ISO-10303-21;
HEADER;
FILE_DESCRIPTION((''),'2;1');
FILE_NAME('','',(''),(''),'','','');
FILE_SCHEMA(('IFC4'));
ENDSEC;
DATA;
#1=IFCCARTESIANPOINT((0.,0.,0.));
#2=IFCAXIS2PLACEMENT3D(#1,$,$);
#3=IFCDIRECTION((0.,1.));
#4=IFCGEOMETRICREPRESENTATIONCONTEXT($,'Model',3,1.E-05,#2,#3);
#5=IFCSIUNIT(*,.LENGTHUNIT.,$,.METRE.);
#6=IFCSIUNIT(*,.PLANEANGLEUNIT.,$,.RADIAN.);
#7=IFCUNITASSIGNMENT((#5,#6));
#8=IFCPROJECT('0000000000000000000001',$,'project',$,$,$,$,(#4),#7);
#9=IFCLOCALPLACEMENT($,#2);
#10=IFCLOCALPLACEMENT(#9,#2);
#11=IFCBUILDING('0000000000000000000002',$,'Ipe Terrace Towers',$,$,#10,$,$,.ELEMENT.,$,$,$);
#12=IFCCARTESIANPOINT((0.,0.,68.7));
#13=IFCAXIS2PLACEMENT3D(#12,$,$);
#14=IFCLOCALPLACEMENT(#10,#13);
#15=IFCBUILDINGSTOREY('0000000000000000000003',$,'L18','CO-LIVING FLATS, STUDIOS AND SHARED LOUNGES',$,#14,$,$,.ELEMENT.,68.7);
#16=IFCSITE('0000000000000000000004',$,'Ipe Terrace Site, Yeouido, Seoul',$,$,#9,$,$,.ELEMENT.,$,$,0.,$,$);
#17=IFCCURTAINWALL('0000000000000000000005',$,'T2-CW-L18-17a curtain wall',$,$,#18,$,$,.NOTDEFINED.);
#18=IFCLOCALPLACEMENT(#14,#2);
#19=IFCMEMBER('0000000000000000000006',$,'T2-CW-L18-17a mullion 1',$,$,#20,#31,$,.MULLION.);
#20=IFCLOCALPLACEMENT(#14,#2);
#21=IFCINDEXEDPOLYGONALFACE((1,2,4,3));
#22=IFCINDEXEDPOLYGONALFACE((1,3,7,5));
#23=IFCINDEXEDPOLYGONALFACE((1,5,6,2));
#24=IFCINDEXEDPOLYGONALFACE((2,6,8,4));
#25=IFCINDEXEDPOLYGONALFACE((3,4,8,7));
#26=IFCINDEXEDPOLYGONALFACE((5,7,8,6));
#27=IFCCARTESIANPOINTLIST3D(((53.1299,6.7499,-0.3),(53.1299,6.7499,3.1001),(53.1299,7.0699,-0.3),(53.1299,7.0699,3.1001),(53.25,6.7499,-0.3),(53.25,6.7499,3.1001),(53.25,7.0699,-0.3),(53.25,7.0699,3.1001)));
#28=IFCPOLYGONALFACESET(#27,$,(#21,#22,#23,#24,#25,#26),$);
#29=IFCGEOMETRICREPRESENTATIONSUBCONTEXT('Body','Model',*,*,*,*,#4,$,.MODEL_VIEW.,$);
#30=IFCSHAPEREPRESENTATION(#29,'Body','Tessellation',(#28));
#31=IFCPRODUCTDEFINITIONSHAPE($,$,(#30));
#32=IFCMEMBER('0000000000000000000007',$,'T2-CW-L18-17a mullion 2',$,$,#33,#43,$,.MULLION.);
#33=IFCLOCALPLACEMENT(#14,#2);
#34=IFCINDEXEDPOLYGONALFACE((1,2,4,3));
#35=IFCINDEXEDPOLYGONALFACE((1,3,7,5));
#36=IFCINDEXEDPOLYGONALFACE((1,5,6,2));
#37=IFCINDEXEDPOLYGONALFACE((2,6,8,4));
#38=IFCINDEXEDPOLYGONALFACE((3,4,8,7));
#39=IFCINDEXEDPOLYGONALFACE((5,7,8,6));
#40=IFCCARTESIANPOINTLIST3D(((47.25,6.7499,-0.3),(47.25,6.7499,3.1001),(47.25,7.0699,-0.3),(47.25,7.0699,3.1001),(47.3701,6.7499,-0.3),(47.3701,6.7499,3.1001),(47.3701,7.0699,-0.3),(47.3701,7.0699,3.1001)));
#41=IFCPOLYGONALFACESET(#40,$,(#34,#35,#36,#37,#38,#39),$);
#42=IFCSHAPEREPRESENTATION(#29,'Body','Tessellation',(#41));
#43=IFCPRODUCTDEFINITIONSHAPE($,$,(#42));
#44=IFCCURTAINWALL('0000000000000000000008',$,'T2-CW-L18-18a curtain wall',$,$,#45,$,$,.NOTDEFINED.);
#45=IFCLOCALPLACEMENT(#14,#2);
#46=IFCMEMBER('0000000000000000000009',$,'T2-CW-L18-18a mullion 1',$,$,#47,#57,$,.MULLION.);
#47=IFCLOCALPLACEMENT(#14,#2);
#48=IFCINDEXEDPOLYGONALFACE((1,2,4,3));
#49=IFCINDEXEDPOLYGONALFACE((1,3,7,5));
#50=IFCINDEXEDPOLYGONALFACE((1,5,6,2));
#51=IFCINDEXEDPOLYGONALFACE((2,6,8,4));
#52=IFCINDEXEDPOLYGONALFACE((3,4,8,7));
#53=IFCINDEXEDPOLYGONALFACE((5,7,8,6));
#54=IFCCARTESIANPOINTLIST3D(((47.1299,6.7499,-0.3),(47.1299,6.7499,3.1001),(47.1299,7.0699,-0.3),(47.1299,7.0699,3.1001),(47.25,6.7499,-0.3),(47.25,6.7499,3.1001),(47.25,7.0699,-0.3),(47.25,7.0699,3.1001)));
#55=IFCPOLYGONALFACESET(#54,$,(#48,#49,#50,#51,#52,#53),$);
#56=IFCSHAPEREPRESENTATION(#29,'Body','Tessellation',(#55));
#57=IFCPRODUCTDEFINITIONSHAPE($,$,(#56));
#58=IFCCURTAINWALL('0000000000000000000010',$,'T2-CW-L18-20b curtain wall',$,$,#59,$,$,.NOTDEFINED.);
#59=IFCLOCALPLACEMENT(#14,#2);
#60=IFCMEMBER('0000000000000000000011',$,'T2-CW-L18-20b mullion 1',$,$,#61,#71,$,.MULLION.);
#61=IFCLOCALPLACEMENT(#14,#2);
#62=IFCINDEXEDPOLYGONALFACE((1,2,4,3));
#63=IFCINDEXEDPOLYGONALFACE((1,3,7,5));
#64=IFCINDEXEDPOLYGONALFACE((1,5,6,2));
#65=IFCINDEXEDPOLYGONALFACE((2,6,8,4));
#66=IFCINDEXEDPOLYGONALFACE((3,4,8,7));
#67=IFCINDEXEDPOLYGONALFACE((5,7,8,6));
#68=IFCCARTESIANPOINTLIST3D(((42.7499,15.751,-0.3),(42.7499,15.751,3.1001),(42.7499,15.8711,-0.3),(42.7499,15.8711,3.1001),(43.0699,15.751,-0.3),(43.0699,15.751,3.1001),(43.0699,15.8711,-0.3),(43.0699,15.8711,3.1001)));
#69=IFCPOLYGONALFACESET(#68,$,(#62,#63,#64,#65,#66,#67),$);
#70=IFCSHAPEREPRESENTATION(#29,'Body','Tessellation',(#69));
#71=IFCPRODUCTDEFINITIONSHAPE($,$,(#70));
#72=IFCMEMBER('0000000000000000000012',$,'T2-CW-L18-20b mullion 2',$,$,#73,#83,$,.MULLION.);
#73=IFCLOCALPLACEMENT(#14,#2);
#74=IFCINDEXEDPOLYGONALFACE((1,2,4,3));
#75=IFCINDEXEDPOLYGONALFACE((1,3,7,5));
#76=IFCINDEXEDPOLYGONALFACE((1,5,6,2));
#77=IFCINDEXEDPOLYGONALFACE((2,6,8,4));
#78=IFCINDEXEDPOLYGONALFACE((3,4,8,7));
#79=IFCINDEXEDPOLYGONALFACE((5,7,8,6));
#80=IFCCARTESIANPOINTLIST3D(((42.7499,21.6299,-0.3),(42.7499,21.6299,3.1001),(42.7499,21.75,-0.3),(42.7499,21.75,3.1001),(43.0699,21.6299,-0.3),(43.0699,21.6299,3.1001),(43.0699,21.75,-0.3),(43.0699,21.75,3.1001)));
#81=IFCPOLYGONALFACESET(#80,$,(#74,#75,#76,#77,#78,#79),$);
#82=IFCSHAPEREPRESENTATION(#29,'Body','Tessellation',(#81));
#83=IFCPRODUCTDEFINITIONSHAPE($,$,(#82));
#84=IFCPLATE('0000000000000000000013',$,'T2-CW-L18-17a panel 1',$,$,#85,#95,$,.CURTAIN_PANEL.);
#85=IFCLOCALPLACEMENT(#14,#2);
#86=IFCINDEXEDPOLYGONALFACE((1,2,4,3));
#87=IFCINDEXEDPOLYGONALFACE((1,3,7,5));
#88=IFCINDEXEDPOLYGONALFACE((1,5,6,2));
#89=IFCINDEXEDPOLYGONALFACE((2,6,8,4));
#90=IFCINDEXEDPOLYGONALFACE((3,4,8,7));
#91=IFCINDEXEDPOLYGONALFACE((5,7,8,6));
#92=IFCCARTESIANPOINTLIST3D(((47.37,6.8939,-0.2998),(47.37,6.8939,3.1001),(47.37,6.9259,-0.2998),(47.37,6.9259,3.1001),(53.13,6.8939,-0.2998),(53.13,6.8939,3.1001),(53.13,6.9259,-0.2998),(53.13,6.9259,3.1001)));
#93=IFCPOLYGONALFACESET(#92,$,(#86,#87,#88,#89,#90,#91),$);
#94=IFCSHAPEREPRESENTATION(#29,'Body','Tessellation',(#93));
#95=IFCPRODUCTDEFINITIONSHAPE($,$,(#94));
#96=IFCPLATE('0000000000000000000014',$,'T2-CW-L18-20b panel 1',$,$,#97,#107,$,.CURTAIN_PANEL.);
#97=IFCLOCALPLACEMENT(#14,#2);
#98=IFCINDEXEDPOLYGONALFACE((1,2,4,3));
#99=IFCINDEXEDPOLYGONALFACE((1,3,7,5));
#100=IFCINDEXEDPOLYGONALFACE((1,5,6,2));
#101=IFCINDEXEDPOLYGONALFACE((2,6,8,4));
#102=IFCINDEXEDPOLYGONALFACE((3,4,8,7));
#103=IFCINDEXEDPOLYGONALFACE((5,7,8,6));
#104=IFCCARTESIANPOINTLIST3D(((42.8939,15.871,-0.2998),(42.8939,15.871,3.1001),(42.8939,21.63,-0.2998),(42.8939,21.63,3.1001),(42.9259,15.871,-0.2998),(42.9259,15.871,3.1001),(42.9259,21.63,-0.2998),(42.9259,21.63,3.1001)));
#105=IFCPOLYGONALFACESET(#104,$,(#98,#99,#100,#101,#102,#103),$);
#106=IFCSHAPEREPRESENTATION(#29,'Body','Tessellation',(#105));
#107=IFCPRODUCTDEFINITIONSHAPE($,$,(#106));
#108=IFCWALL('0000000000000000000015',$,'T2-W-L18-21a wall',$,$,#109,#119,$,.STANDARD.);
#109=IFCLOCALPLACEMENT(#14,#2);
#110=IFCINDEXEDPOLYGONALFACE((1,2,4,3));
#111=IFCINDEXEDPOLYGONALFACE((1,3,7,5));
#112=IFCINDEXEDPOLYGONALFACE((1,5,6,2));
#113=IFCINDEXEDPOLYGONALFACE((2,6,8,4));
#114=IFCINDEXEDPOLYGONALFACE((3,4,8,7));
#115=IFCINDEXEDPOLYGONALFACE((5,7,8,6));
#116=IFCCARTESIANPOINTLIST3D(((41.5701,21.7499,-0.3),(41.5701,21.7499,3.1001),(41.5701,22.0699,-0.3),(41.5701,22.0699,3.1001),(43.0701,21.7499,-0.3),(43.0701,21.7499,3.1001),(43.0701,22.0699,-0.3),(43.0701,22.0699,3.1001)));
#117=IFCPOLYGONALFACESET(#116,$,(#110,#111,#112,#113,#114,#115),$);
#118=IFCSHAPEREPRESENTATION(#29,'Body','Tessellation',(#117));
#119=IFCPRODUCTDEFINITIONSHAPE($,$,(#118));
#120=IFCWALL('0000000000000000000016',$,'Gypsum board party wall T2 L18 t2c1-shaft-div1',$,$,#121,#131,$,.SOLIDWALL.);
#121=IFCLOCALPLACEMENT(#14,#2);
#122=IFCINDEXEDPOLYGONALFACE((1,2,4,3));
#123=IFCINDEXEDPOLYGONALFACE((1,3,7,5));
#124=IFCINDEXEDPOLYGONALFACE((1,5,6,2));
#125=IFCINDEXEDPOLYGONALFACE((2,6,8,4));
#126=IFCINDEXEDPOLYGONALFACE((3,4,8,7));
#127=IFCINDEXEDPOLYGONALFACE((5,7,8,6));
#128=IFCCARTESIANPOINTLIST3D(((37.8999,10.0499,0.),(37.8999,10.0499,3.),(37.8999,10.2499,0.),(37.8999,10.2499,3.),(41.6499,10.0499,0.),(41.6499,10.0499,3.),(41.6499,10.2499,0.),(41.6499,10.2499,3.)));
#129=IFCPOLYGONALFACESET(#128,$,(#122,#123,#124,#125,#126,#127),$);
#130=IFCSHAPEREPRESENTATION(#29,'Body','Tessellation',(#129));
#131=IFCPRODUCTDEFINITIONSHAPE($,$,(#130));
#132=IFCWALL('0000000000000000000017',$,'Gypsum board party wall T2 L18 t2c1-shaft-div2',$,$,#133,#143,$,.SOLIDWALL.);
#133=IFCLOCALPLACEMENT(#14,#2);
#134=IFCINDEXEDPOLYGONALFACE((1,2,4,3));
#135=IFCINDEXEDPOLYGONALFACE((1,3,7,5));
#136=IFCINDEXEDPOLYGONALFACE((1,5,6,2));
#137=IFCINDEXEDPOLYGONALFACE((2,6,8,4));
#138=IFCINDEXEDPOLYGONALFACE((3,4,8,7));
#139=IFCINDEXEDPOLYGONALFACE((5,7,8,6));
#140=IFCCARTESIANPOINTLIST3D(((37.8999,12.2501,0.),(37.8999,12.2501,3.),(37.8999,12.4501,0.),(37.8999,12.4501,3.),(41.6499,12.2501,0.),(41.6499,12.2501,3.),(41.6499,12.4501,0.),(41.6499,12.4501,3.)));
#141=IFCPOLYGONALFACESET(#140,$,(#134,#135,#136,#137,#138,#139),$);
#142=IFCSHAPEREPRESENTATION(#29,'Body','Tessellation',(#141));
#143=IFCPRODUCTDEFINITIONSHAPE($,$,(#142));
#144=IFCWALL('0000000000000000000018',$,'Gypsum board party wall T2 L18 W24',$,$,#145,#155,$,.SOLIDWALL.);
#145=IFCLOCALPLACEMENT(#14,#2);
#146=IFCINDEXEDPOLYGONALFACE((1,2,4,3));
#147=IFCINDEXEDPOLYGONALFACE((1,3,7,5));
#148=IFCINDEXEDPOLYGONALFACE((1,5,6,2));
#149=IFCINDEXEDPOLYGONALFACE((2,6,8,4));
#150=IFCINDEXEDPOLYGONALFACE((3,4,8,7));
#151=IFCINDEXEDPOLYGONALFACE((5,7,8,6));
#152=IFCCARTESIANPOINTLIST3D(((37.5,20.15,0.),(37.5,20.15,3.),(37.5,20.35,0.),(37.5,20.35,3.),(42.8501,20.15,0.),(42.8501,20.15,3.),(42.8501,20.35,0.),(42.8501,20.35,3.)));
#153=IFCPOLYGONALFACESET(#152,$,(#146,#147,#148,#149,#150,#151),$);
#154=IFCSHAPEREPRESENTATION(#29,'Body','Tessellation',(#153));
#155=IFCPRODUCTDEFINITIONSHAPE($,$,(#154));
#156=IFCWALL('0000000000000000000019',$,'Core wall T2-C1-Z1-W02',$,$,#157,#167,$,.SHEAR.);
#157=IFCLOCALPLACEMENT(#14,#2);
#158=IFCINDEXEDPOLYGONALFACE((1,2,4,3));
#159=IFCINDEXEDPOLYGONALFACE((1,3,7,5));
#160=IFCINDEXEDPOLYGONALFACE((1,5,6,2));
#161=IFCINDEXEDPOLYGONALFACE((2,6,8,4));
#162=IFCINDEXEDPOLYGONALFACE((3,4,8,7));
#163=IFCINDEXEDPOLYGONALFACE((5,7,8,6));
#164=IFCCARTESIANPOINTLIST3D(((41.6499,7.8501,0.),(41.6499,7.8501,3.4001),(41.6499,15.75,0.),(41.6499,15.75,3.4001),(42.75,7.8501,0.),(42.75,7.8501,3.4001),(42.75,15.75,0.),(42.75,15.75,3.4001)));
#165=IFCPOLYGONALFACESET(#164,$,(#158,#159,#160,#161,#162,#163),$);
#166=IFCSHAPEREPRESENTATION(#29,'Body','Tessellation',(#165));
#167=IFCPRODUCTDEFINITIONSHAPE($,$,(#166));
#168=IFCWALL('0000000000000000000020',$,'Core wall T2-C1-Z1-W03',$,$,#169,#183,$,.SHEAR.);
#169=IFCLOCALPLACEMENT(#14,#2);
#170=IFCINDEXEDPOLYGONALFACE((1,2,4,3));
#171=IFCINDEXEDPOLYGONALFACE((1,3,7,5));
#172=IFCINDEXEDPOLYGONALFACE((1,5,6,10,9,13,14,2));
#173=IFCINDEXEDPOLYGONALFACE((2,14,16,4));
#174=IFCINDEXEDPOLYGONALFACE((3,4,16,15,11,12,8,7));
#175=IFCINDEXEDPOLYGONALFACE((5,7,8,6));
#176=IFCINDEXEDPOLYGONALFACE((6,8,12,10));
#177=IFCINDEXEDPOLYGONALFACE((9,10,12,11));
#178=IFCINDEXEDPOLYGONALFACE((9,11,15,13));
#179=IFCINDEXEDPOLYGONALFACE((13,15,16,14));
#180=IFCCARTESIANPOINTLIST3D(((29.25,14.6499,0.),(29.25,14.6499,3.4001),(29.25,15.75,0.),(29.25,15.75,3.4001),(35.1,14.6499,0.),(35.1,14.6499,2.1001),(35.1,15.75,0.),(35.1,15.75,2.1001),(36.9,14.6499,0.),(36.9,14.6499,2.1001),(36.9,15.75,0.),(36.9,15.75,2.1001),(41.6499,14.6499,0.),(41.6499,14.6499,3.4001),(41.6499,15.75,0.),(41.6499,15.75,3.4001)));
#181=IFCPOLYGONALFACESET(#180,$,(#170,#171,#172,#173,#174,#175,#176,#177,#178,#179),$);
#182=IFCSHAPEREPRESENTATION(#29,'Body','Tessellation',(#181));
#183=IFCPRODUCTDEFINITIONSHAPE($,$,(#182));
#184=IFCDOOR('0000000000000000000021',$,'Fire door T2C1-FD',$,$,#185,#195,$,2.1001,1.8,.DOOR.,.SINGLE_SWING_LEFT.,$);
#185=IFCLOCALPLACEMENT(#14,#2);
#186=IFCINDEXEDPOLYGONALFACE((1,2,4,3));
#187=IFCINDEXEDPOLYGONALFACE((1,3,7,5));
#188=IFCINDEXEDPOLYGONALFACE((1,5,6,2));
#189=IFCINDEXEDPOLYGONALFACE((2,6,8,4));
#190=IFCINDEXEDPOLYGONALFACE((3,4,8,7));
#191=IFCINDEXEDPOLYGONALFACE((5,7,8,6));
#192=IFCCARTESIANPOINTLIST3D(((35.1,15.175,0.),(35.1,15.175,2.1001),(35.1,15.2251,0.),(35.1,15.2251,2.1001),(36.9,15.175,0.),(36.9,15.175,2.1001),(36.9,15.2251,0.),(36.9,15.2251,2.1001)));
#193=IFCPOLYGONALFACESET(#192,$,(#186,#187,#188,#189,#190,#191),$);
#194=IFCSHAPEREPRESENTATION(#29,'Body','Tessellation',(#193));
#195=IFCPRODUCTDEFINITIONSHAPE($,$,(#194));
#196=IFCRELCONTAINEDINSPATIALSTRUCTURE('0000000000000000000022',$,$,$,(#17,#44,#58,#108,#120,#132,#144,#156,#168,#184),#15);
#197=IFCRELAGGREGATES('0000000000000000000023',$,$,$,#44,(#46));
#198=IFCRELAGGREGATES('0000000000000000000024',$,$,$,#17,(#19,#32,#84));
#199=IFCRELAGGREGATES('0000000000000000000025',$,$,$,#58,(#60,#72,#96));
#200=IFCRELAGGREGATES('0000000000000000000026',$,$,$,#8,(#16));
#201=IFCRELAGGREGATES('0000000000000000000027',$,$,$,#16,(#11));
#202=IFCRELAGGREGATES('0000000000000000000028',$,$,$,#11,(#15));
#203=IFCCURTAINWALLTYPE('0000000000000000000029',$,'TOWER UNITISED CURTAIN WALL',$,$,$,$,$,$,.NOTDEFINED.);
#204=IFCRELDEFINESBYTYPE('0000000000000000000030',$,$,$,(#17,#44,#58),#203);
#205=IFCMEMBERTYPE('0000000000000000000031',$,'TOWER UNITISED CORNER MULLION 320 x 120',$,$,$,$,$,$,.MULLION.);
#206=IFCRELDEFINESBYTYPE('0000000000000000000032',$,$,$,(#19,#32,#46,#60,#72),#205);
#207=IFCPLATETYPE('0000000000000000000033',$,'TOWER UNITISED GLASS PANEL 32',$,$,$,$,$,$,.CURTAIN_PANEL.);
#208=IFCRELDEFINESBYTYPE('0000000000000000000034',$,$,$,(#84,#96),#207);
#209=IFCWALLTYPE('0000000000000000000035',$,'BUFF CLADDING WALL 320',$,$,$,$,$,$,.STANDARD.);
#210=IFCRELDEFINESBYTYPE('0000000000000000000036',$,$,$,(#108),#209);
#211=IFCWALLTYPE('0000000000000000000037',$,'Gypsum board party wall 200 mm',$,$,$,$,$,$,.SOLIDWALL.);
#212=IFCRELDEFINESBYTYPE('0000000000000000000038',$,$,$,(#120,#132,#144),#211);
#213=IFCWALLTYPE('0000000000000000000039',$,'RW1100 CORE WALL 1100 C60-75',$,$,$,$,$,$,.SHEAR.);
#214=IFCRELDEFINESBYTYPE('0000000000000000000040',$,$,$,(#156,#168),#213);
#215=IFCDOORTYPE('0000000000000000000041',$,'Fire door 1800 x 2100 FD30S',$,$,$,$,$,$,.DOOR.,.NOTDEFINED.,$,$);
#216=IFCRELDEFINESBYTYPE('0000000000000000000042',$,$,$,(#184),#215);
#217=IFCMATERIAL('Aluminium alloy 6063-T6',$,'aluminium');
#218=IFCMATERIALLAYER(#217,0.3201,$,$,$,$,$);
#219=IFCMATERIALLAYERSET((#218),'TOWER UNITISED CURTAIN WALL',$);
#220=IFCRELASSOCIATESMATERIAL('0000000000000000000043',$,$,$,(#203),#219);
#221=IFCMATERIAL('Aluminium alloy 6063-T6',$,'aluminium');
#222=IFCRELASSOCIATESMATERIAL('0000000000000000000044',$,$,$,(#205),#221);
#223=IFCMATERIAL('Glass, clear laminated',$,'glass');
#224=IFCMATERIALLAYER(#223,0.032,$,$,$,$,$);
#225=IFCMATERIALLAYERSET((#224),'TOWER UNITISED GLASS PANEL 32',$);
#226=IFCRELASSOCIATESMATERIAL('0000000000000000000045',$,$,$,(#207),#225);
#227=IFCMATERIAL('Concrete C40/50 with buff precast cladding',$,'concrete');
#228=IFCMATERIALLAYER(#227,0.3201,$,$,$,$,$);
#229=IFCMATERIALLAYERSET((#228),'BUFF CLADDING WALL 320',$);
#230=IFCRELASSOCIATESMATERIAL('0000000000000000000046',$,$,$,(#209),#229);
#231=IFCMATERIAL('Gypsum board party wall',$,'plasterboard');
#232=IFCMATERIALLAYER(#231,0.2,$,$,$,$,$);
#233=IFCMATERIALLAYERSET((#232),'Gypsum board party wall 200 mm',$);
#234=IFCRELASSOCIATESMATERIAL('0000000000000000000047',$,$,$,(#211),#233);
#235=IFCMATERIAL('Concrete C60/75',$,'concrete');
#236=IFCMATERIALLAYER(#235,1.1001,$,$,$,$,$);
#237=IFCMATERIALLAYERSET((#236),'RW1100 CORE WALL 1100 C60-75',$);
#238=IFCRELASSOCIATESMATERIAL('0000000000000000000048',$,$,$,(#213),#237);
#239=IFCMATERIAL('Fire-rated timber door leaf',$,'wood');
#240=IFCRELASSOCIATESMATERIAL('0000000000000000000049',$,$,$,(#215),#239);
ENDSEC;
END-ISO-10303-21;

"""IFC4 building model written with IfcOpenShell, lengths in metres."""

from ifc_helpers import new_model, si_unit, direction, frame, frame_2d, origin, origin_2d, place, context, subcontext, project, spatial, rectangle, extrude, material, layer, layer_set, material_profile, profile_set, type_object, element, fill, aggregate, save


model = new_model("IFC4")

# Units and contexts
model_context = context("Model", 3, precision=1e-05, world=origin(), true_north=direction((0.0, 1.0)))
body_context = subcontext(model_context, "Body", "Model", "MODEL_VIEW")
ifc_project = project(units=[si_unit("LENGTHUNIT", "METRE"), si_unit("PLANEANGLEUNIT", "RADIAN")], contexts=[model_context])

# Site, building, storey
site_placement = place(None, origin())
site = spatial("IfcSite", under=ifc_project, at=site_placement, Name="Ipe Terrace Site, Yeouido, Seoul", CompositionType="ELEMENT", RefElevation=0.0)
building_placement = place(site_placement, origin())
building = spatial("IfcBuilding", under=site, at=building_placement, Name="Ipe Terrace Towers", CompositionType="ELEMENT")
storey_placement = place(building_placement, frame((0.0, 0.0, 68.7)))
storey = spatial("IfcBuildingStorey", under=building, at=storey_placement, Name="L18", Description="CO-LIVING FLATS, STUDIOS AND SHARED LOUNGES", CompositionType="ELEMENT", Elevation=68.7)

# Curtain wall, members
ifc_material_1 = material(Name="Aluminium alloy 6063-T6", Category="aluminium")
ifc_layer_1 = layer(ifc_material_1, 0.3201)
ifc_layer_set_1 = layer_set([ifc_layer_1], Name="TOWER UNITISED CURTAIN WALL")
curtain_wall_type = type_object("IfcCurtainWallType", Name="TOWER UNITISED CURTAIN WALL", PredefinedType="NOTDEFINED", material=ifc_layer_set_1)
curtain_wall_1_placement = place(storey_placement, origin())
curtain_wall_1 = element("IfcCurtainWall", 1, at=curtain_wall_1_placement, inside=storey, type_object=curtain_wall_type, Name="T2-CW-L18-17a curtain wall", PredefinedType="NOTDEFINED")
ifc_material_2 = material(Name="Aluminium alloy 6063-T6", Category="aluminium")
ifc_material_profile_1 = material_profile(ifc_material_2, rectangle(XDim=0.3201, YDim=0.1201, at=origin_2d()), Name="TOWER UNITISED CORNER MULLION 320 x 120")
ifc_profile_set_1 = profile_set([ifc_material_profile_1], Name="Aluminium alloy 6063-T6")
member_type = type_object("IfcMemberType", Name="TOWER UNITISED CORNER MULLION 320 x 120", PredefinedType="MULLION", material=ifc_profile_set_1)
member_1_placement = place(storey_placement, frame((53.1899, 6.9099, -0.3), z_axis=(0.0, 0.0, 1.0), x_axis=(0.0, 1.0, 0.0)))
member_1 = element("IfcMember", 2, at=member_1_placement, type_object=member_type, Name="T2-CW-L18-17a mullion 1", PredefinedType="MULLION", context=body_context, shape_type="SweptSolid", body=[
    extrude(rectangle(XDim=0.3201, YDim=0.1201, at=origin_2d()), origin(), (0.0, 0.0, 1.0), 3.4001),
])
member_2_placement = place(storey_placement, frame((47.3101, 6.9099, -0.3), z_axis=(0.0, 0.0, 1.0), x_axis=(0.0, 1.0, 0.0)))
member_2 = element("IfcMember", 3, at=member_2_placement, type_object=member_type, Name="T2-CW-L18-17a mullion 2", PredefinedType="MULLION", context=body_context, shape_type="SweptSolid", body=[
    extrude(rectangle(XDim=0.3201, YDim=0.1201, at=origin_2d()), origin(), (0.0, 0.0, 1.0), 3.4001),
])

# Curtain wall, member
curtain_wall_2_placement = place(storey_placement, origin())
curtain_wall_2 = element("IfcCurtainWall", 4, at=curtain_wall_2_placement, inside=storey, type_object=curtain_wall_type, Name="T2-CW-L18-18a curtain wall", PredefinedType="NOTDEFINED")
member_3_placement = place(storey_placement, frame((47.1899, 6.9099, -0.3), z_axis=(0.0, 0.0, 1.0), x_axis=(0.0, 1.0, 0.0)))
member_3 = element("IfcMember", 5, at=member_3_placement, type_object=member_type, Name="T2-CW-L18-18a mullion 1", PredefinedType="MULLION", context=body_context, shape_type="SweptSolid", body=[
    extrude(rectangle(XDim=0.3201, YDim=0.1201, at=origin_2d()), origin(), (0.0, 0.0, 1.0), 3.4001),
])
aggregate(curtain_wall_2, [member_3])

# Curtain wall, members
curtain_wall_3_placement = place(storey_placement, origin())
curtain_wall_3 = element("IfcCurtainWall", 6, at=curtain_wall_3_placement, inside=storey, type_object=curtain_wall_type, Name="T2-CW-L18-20b curtain wall", PredefinedType="NOTDEFINED")
member_4_placement = place(storey_placement, frame((42.9099, 15.811, -0.3), z_axis=(0.0, 0.0, 1.0), x_axis=(1.0, 0.0, 0.0)))
member_4 = element("IfcMember", 7, at=member_4_placement, type_object=member_type, Name="T2-CW-L18-20b mullion 1", PredefinedType="MULLION", context=body_context, shape_type="SweptSolid", body=[
    extrude(rectangle(XDim=0.3201, YDim=0.1201, at=origin_2d()), origin(), (0.0, 0.0, 1.0), 3.4001),
])
member_5_placement = place(storey_placement, frame((42.9099, 21.6899, -0.3), z_axis=(0.0, 0.0, 1.0), x_axis=(1.0, 0.0, 0.0)))
member_5 = element("IfcMember", 8, at=member_5_placement, type_object=member_type, Name="T2-CW-L18-20b mullion 2", PredefinedType="MULLION", context=body_context, shape_type="SweptSolid", body=[
    extrude(rectangle(XDim=0.3201, YDim=0.1201, at=origin_2d()), origin(), (0.0, 0.0, 1.0), 3.4001),
])

# Plates
ifc_material_3 = material(Name="Glass, clear laminated", Category="glass")
ifc_layer_2 = layer(ifc_material_3, 0.032)
ifc_layer_set_2 = layer_set([ifc_layer_2], Name="TOWER UNITISED GLASS PANEL 32")
plate_type = type_object("IfcPlateType", Name="TOWER UNITISED GLASS PANEL 32", PredefinedType="CURTAIN_PANEL", material=ifc_layer_set_2)
plate_1_placement = place(storey_placement, frame((50.25, 6.9099, -0.2998), z_axis=(0.0, 0.0, 1.0), x_axis=(-1.0, 0.0, 0.0)))
plate_1 = element("IfcPlate", 9, at=plate_1_placement, type_object=plate_type, Name="T2-CW-L18-17a panel 1", PredefinedType="CURTAIN_PANEL", context=body_context, shape_type="SweptSolid", body=[
    extrude(rectangle(XDim=5.76, YDim=0.032, at=origin_2d()), origin(), (0.0, 0.0, 1.0), 3.3999),
])
aggregate(curtain_wall_1, [member_1, member_2, plate_1])
plate_2_placement = place(storey_placement, frame((42.9099, 18.7505, -0.2998), z_axis=(0.0, 0.0, 1.0), x_axis=(0.0, 1.0, 0.0)))
plate_2 = element("IfcPlate", 10, at=plate_2_placement, type_object=plate_type, Name="T2-CW-L18-20b panel 1", PredefinedType="CURTAIN_PANEL", context=body_context, shape_type="SweptSolid", body=[
    extrude(rectangle(XDim=5.759, YDim=0.032, at=origin_2d()), origin(), (0.0, 0.0, 1.0), 3.3999),
])
aggregate(curtain_wall_3, [member_4, member_5, plate_2])

# Walls
ifc_material_4 = material(Name="Concrete C40/50 with buff precast cladding", Category="concrete")
ifc_layer_3 = layer(ifc_material_4, 0.3201)
ifc_layer_set_3 = layer_set([ifc_layer_3], Name="BUFF CLADDING WALL 320")
wall_type_1 = type_object("IfcWallType", Name="BUFF CLADDING WALL 320", PredefinedType="STANDARD", material=ifc_layer_set_3)
wall_1_placement = place(storey_placement, frame((43.0701, 21.9099, -0.3), z_axis=(0.0, 0.0, 1.0), x_axis=(-1.0, 0.0, 0.0)))
element("IfcWall", 11, at=wall_1_placement, inside=storey, type_object=wall_type_1, Name="T2-W-L18-21a wall", PredefinedType="STANDARD", context=body_context, shape_type="SweptSolid", body=[
    extrude(rectangle(XDim=1.5, YDim=0.3201, at=frame_2d((0.75, 0.0))), origin(), (0.0, 0.0, 1.0), 3.4001),
])
ifc_material_5 = material(Name="Gypsum board party wall", Category="plasterboard")
ifc_layer_4 = layer(ifc_material_5, 0.2)
ifc_layer_set_4 = layer_set([ifc_layer_4], Name="Gypsum board party wall 200 mm")
wall_type_2 = type_object("IfcWallType", Name="Gypsum board party wall 200 mm", PredefinedType="SOLIDWALL", material=ifc_layer_set_4)
for number, where, z_axis, x_axis, name in (
    (12, (41.6499, 10.1499, 0.0), (0.0, 0.0, 1.0), (-1.0, 0.0, 0.0), "Gypsum board party wall T2 L18 t2c1-shaft-div1"),
    (13, (41.6499, 12.3501, 0.0), (0.0, 0.0, 1.0), (-1.0, 0.0, 0.0), "Gypsum board party wall T2 L18 t2c1-shaft-div2"),
):
    element("IfcWall", number, at=place(storey_placement, frame(where, z_axis=z_axis, x_axis=x_axis)), inside=storey, type_object=wall_type_2, Name=name, PredefinedType="SOLIDWALL", context=body_context, shape_type="SweptSolid", body=[
        extrude(rectangle(XDim=3.75, YDim=0.2, at=frame_2d((1.875, 0.0))), origin(), (0.0, 0.0, 1.0), 3.0),
    ])
wall_2_placement = place(storey_placement, frame((42.8501, 20.25, 0.0), z_axis=(0.0, 0.0, 1.0), x_axis=(-1.0, 0.0, 0.0)))
element("IfcWall", 14, at=wall_2_placement, inside=storey, type_object=wall_type_2, Name="Gypsum board party wall T2 L18 W24", PredefinedType="SOLIDWALL", context=body_context, shape_type="SweptSolid", body=[
    extrude(rectangle(XDim=5.3501, YDim=0.2, at=frame_2d((2.675, 0.0))), origin(), (0.0, 0.0, 1.0), 3.0),
])
ifc_material_6 = material(Name="Concrete C60/75", Category="concrete")
ifc_layer_5 = layer(ifc_material_6, 1.1001)
ifc_layer_set_5 = layer_set([ifc_layer_5], Name="RW1100 CORE WALL 1100 C60-75")
wall_type_3 = type_object("IfcWallType", Name="RW1100 CORE WALL 1100 C60-75", PredefinedType="SHEAR", material=ifc_layer_set_5)
wall_3_placement = place(storey_placement, frame((42.2, 7.8501, 0.0), z_axis=(0.0, 0.0, 1.0), x_axis=(0.0, 1.0, 0.0)))
element("IfcWall", 15, at=wall_3_placement, inside=storey, type_object=wall_type_3, Name="Core wall T2-C1-Z1-W02", PredefinedType="SHEAR", context=body_context, shape_type="SweptSolid", body=[
    extrude(rectangle(XDim=7.8999, YDim=1.1001, at=frame_2d((3.95, 0.0))), origin(), (0.0, 0.0, 1.0), 3.4001),
])

# Wall, opening, door
wall_4_placement = place(storey_placement, frame((41.6499, 15.2, 0.0), z_axis=(0.0, 0.0, 1.0), x_axis=(-1.0, 0.0, 0.0)))
wall_4 = element("IfcWall", 16, at=wall_4_placement, inside=storey, type_object=wall_type_3, Name="Core wall T2-C1-Z1-W03", PredefinedType="SHEAR", context=body_context, shape_type="SweptSolid", body=[
    extrude(rectangle(XDim=12.3999, YDim=1.1001, at=frame_2d((6.2, 0.0))), origin(), (0.0, 0.0, 1.0), 3.4001),
])
opening_placement = place(wall_4_placement, frame((4.75, 0.0, 0.0)))
opening = element("IfcOpeningElement", 17, at=opening_placement, cuts=wall_4, PredefinedType="OPENING", context=body_context, shape_type="SweptSolid", body=[
    extrude(rectangle(XDim=1.8, YDim=2.1001, at=frame_2d((0.8999, 1.05))), frame((0.0, 0.5601, 0.0), z_axis=(0.0, -1.0, 0.0), x_axis=(1.0, 0.0, 0.0)), (0.0, 0.0, 1.0), 1.1201),
])
ifc_material_7 = material(Name="Fire-rated timber door leaf", Category="wood")
door_type = type_object("IfcDoorType", Name="Fire door 1800 x 2100 FD30S", OperationType="NOTDEFINED", PredefinedType="DOOR", material=ifc_material_7)
door_placement = place(opening_placement, origin())
door = element("IfcDoor", 18, at=door_placement, inside=storey, type_object=door_type, Name="Fire door T2C1-FD", OperationType="SINGLE_SWING_LEFT", OverallHeight=2.1001, OverallWidth=1.8, PredefinedType="DOOR", context=body_context, shape_type="SweptSolid", body=[
    extrude(rectangle(XDim=1.8, YDim=2.1001, at=frame_2d((0.8999, 1.05))), frame((0.0, 0.0249, 0.0), z_axis=(0.0, -1.0, 0.0), x_axis=(1.0, 0.0, 0.0)), (0.0, 0.0, 1.0), 0.05),
])
fill(opening, door)

save(model, "model.ifc")
